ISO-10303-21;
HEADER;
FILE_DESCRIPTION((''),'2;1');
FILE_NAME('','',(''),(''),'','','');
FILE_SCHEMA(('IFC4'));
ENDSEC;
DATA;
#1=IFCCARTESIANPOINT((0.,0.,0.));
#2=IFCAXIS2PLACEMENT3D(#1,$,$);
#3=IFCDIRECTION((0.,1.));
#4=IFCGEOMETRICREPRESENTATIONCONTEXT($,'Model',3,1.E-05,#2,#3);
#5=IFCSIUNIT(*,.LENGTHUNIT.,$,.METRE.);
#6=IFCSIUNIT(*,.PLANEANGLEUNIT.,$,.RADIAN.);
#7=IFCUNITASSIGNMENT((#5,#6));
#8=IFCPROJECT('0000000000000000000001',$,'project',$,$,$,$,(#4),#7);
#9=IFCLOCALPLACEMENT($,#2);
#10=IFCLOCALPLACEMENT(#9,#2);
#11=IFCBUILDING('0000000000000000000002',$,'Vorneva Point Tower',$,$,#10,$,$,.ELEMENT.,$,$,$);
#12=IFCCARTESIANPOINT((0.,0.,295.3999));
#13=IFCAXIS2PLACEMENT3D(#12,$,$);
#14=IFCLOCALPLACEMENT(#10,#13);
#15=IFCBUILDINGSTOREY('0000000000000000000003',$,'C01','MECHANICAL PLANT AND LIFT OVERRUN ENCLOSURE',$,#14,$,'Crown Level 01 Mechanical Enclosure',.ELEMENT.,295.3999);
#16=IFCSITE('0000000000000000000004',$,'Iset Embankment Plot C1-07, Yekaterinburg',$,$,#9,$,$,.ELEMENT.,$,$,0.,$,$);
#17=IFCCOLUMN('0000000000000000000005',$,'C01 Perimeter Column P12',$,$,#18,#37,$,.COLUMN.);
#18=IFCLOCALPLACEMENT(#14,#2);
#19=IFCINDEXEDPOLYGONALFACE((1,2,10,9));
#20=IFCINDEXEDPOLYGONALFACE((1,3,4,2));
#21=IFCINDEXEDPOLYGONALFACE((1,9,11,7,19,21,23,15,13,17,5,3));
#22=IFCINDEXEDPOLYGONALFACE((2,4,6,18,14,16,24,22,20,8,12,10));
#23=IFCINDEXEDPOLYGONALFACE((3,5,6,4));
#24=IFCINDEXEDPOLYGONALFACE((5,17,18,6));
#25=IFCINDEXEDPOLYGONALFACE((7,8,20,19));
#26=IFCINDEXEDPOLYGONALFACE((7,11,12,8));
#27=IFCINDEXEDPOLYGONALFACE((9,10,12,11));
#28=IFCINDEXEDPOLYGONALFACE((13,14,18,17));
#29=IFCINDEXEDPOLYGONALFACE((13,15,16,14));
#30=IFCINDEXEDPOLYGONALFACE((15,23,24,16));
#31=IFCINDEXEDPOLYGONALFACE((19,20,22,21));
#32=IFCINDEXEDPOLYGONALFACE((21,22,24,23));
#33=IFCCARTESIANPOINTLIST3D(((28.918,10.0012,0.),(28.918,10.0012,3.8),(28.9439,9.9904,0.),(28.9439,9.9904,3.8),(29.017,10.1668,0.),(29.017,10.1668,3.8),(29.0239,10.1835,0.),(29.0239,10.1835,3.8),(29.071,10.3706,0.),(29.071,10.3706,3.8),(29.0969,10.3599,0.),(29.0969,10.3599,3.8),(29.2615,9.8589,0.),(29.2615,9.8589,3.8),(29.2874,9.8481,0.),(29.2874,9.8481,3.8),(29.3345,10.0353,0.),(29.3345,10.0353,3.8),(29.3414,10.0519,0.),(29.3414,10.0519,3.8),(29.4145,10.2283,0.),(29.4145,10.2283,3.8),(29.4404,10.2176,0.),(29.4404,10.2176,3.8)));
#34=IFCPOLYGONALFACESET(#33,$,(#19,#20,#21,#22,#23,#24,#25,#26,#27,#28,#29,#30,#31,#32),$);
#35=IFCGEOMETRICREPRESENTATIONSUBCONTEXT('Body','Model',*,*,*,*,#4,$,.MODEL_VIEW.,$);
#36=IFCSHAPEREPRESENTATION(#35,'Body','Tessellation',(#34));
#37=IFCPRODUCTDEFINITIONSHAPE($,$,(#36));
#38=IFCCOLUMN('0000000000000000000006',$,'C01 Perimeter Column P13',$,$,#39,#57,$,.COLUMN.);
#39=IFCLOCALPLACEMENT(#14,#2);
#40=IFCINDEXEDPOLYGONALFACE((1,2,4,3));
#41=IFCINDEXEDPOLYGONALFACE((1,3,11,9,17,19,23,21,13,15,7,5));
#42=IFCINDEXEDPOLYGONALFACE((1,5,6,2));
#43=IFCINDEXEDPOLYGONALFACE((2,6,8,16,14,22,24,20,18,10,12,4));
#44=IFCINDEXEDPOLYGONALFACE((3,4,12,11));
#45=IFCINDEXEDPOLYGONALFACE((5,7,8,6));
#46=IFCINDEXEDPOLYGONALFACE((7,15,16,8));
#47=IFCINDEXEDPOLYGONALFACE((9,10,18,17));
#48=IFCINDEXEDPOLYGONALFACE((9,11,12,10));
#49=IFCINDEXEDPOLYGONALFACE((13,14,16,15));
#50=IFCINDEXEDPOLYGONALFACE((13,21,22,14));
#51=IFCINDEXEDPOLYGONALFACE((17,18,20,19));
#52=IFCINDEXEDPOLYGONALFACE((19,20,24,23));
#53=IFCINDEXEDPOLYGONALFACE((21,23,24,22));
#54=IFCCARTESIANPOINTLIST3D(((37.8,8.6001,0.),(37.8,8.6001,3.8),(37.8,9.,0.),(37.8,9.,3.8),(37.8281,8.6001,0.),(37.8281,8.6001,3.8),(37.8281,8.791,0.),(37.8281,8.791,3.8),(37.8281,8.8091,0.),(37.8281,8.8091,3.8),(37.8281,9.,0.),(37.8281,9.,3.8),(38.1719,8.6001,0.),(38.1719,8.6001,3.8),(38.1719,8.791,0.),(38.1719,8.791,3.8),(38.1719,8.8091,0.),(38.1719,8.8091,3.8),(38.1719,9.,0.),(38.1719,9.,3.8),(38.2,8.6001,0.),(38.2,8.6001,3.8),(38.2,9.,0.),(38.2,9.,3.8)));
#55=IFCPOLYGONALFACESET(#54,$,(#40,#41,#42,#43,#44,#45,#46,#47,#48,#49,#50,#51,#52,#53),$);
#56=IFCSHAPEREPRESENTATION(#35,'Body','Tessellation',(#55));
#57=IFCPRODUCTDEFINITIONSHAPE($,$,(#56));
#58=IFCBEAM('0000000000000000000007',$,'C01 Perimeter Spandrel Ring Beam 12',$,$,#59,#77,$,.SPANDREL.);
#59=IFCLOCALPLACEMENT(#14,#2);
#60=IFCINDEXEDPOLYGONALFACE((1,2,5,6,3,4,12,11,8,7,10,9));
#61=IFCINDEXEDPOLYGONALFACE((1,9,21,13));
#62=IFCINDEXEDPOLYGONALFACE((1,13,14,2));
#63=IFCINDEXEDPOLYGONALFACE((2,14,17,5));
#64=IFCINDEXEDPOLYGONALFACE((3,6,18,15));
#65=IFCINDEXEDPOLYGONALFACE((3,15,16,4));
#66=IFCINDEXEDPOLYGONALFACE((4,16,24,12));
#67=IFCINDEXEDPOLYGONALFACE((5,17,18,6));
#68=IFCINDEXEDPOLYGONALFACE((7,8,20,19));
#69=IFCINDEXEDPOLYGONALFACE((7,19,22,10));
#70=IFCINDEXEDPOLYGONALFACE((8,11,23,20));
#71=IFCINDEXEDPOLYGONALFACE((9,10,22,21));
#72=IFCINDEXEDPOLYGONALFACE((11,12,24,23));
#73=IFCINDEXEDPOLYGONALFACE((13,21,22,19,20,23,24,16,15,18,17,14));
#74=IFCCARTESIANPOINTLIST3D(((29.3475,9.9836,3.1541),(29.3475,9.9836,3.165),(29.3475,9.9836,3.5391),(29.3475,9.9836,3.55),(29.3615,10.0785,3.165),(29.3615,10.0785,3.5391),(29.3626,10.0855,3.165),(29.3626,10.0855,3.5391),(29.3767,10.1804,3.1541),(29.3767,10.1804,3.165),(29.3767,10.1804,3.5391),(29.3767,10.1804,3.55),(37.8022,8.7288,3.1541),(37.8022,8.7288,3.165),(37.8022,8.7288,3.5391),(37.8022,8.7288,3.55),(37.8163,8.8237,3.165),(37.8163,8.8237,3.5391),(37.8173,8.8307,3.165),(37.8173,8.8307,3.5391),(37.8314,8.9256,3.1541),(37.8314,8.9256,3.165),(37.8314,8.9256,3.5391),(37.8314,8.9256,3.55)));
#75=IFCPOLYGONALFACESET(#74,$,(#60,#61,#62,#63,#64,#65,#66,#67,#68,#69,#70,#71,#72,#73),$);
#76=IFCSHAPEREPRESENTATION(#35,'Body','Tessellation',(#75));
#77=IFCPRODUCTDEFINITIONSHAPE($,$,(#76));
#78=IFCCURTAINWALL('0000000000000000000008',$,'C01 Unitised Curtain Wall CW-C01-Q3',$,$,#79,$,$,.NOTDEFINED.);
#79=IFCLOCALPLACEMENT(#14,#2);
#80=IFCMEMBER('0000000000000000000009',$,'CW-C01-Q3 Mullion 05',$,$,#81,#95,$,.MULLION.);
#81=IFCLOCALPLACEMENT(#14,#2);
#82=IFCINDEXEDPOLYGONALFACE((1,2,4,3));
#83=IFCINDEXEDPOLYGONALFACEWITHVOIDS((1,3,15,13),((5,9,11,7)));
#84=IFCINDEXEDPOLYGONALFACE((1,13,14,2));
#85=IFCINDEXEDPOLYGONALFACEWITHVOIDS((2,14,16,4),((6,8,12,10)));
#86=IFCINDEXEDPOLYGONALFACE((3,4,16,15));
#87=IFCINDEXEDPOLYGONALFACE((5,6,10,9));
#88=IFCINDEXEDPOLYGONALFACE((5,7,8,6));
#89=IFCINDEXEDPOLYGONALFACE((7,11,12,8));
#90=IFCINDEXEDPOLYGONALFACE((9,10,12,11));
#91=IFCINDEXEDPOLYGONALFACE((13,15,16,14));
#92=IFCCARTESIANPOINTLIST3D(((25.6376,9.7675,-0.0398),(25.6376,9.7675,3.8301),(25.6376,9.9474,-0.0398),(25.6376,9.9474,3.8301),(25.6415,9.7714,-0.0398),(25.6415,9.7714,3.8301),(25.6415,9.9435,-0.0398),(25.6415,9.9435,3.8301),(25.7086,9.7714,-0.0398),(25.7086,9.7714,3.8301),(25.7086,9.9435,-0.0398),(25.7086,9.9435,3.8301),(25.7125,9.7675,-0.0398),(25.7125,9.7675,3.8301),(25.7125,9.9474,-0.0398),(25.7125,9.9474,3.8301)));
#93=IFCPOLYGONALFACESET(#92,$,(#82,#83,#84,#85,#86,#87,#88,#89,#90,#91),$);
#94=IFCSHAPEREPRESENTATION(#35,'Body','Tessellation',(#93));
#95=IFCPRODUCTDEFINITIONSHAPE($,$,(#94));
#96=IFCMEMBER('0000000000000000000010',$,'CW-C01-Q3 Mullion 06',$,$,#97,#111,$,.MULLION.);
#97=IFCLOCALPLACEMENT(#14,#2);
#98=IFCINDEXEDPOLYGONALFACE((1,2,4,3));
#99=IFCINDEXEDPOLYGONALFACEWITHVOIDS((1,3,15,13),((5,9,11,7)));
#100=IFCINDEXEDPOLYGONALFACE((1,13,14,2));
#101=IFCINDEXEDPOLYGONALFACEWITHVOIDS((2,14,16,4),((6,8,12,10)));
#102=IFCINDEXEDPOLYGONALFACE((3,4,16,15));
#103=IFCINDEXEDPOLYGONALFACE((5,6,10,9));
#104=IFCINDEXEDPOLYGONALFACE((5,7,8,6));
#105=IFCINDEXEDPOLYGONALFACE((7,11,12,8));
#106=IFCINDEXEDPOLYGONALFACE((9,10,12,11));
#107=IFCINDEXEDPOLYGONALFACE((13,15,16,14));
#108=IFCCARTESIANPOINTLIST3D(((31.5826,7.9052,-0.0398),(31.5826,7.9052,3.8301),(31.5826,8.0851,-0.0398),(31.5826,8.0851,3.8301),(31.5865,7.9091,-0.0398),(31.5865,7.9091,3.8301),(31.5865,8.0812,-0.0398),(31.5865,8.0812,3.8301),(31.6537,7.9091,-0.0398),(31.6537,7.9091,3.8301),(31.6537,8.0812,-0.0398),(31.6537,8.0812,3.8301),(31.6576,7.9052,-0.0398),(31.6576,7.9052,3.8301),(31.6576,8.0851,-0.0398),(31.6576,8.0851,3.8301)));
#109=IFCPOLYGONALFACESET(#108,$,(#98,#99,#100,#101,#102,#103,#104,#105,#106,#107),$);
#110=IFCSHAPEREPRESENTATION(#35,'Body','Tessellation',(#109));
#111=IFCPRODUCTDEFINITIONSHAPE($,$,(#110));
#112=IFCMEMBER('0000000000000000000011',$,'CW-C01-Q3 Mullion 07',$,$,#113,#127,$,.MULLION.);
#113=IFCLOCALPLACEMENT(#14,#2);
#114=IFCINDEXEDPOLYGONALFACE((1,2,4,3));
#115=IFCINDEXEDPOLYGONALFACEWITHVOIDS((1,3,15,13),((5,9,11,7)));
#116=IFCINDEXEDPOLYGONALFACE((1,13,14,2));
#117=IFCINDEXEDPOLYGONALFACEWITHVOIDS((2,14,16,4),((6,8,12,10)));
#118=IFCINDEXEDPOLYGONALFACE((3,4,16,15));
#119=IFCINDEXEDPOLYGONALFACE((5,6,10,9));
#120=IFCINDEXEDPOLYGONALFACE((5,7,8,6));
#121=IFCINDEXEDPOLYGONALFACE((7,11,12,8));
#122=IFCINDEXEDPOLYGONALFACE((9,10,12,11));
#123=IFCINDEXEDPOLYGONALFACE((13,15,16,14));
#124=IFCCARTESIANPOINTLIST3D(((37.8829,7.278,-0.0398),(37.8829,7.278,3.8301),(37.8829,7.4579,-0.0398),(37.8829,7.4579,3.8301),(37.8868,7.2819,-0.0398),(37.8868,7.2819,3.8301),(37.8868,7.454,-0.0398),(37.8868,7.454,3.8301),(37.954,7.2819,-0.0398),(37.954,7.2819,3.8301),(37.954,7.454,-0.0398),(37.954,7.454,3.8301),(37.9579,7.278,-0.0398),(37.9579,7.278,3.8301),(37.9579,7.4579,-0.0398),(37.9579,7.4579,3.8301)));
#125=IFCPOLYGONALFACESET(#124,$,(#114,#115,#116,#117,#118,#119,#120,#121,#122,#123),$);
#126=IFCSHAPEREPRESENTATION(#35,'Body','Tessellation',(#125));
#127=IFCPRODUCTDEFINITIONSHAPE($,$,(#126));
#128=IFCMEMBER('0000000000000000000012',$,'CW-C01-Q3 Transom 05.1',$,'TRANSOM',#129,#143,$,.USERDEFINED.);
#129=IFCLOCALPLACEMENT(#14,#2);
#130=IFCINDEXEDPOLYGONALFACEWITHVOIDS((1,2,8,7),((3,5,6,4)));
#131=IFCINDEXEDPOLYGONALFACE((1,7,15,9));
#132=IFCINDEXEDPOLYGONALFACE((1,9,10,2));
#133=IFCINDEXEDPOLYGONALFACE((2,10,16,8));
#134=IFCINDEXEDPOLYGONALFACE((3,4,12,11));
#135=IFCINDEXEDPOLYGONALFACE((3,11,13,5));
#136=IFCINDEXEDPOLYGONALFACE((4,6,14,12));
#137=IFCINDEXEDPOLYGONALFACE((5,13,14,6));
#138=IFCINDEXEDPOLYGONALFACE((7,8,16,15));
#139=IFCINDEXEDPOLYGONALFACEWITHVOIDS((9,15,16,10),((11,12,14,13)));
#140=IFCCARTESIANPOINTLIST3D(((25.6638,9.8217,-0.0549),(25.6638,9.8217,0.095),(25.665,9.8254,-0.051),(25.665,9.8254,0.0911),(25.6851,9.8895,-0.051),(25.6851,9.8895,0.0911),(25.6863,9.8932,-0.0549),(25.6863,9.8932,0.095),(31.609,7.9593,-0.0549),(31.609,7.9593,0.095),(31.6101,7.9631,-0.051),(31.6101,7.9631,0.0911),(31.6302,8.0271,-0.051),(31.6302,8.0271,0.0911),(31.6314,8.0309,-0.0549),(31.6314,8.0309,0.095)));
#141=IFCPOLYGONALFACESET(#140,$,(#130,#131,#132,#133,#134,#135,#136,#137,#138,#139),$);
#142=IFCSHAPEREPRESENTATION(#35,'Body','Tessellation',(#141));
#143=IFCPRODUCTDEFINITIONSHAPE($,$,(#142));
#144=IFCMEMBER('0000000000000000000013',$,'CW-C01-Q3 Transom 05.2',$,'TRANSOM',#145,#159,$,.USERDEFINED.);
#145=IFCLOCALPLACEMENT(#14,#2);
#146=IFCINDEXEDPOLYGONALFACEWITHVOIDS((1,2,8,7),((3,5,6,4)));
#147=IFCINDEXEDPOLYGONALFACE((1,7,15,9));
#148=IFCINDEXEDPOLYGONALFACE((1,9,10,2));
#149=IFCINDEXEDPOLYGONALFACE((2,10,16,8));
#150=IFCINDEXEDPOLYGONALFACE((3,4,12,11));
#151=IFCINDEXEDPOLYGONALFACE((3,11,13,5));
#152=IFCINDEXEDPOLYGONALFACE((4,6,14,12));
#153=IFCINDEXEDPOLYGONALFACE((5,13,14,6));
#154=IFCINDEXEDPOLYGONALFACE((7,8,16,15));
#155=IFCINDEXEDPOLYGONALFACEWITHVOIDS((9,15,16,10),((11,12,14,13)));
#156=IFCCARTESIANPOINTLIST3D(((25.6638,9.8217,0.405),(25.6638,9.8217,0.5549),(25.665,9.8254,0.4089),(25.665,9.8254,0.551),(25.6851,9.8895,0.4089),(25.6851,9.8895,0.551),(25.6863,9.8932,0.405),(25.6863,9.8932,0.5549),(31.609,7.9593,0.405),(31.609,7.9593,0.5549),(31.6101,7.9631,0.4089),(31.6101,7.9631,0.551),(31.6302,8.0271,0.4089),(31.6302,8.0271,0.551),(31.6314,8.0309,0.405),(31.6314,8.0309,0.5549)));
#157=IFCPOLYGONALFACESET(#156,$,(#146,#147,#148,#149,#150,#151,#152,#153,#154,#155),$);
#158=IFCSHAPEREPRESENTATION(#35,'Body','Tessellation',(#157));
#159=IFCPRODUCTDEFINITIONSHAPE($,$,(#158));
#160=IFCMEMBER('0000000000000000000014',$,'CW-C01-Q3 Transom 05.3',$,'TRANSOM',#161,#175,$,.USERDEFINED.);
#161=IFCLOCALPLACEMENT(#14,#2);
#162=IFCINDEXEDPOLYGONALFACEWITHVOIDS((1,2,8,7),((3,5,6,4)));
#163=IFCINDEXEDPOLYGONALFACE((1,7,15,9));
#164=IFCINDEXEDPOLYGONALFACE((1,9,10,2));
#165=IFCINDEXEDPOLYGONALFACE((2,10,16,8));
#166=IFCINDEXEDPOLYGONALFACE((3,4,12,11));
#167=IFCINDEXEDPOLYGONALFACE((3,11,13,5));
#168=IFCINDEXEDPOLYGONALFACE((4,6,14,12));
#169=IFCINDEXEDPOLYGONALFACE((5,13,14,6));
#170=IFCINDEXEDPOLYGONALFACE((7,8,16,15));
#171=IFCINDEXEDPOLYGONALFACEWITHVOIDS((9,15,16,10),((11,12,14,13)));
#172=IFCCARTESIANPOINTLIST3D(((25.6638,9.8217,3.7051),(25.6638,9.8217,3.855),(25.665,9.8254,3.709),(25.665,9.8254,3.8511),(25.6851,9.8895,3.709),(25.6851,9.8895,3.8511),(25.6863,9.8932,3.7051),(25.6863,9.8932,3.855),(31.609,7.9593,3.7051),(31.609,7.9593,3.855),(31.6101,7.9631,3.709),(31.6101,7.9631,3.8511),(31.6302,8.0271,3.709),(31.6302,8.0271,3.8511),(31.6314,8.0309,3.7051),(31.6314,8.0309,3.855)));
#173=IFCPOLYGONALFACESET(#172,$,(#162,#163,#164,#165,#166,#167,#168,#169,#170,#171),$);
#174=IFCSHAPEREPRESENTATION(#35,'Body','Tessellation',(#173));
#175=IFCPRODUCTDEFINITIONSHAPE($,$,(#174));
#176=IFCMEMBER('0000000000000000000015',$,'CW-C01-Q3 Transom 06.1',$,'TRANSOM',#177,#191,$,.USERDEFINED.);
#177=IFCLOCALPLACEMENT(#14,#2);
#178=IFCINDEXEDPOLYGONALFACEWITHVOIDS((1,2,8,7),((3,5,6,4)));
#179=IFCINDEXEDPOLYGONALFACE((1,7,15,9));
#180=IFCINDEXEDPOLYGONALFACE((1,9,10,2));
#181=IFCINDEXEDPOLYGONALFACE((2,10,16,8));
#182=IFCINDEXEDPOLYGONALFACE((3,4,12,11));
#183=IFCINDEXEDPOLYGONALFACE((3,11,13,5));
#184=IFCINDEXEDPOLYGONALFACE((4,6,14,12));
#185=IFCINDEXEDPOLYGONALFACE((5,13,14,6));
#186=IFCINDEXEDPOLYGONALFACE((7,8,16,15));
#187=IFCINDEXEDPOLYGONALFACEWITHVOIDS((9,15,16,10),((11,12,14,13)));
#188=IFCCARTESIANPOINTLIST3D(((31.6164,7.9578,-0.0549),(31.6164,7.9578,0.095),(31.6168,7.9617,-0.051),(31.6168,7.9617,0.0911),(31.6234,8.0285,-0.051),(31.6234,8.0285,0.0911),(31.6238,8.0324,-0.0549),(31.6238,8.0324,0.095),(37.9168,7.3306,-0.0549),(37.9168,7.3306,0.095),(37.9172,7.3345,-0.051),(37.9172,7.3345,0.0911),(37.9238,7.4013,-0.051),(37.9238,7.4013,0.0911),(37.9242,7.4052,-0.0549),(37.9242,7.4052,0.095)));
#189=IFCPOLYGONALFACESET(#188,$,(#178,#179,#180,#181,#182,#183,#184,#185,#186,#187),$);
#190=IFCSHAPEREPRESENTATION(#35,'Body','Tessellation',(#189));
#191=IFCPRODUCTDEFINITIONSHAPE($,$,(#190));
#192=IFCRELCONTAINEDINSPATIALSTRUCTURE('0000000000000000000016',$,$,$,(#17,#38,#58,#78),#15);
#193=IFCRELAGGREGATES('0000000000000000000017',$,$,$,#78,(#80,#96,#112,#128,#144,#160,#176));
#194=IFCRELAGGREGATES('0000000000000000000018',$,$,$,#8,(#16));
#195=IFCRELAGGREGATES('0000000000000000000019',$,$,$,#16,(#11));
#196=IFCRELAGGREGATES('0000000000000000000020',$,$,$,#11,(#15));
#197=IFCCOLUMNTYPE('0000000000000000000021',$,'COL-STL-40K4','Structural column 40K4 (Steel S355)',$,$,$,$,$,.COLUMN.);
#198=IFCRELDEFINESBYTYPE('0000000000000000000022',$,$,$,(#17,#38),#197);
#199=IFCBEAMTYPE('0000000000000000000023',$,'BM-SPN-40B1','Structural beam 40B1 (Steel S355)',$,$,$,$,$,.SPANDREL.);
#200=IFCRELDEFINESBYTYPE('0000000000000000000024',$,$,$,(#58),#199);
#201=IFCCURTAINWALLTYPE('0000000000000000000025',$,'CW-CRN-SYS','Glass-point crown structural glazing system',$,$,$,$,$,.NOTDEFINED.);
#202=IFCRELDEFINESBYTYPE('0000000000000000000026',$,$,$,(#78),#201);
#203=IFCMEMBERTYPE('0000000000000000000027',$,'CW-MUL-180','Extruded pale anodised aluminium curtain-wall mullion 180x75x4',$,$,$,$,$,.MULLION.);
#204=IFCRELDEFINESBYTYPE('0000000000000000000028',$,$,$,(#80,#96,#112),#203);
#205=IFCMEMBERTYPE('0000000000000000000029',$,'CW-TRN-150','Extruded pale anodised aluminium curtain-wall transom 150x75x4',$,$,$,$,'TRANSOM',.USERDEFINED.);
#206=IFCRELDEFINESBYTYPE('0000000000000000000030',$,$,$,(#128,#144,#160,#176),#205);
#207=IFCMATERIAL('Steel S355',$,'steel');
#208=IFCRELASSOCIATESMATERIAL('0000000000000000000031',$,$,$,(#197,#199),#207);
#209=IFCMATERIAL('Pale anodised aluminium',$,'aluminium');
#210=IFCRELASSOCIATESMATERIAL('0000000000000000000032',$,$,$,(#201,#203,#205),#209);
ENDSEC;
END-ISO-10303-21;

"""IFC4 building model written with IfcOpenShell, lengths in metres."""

from ifc_helpers import new_model, si_unit, direction, frame, origin, origin_2d, place, context, subcontext, project, spatial, hollow_rectangle, i_section, extrude, material, material_profile, profile_set, type_object, element, aggregate, save


model = new_model("IFC4")

# Units and contexts
model_context = context("Model", 3, precision=1e-05, world=origin(), true_north=direction((0.0, 1.0)))
body_context = subcontext(model_context, "Body", "Model", "MODEL_VIEW")
ifc_project = project(units=[si_unit("LENGTHUNIT", "METRE"), si_unit("PLANEANGLEUNIT", "RADIAN")], contexts=[model_context])

# Site, building, storey
site_placement = place(None, origin())
site = spatial("IfcSite", under=ifc_project, at=site_placement, Name="Iset Embankment Plot C1-07, Yekaterinburg", CompositionType="ELEMENT", RefElevation=0.0)
building_placement = place(site_placement, origin())
building = spatial("IfcBuilding", under=site, at=building_placement, Name="Vorneva Point Tower", CompositionType="ELEMENT")
storey_placement = place(building_placement, frame((0.0, 0.0, 295.3999)))
storey = spatial("IfcBuildingStorey", under=building, at=storey_placement, Name="C01", Description="MECHANICAL PLANT AND LIFT OVERRUN ENCLOSURE", LongName="Crown Level 01 Mechanical Enclosure", CompositionType="ELEMENT", Elevation=295.3999)

# Columns
ifc_material_1 = material(Name="Steel S355", Category="steel")
ifc_material_profile_1 = material_profile(ifc_material_1, i_section(OverallWidth=0.3999, OverallDepth=0.3999, WebThickness=0.0181, FlangeThickness=0.0281, at=origin_2d()), Name="40K4")
ifc_profile_set_1 = profile_set([ifc_material_profile_1], Name="Steel S355")
column_type = type_object("IfcColumnType", Name="COL-STL-40K4", Description="Structural column 40K4 (Steel S355)", PredefinedType="COLUMN", material=ifc_profile_set_1)
for number, where, z_axis, x_axis, name in (
    (1, (29.1792, 10.1094, 0.0), (0.0, 0.0, 1.0), (-0.382683, -0.92388, 0.0), "C01 Perimeter Column P12"),
    (2, (38.0, 8.8, 0.0), (0.0, 0.0, 1.0), (0.0, -1.0, 0.0), "C01 Perimeter Column P13"),
):
    element("IfcColumn", number, at=place(storey_placement, frame(where, z_axis=z_axis, x_axis=x_axis)), inside=storey, type_object=column_type, Name=name, PredefinedType="COLUMN", context=body_context, shape_type="SweptSolid", body=[
        extrude(i_section(OverallWidth=0.3999, OverallDepth=0.3999, WebThickness=0.0181, FlangeThickness=0.0281, at=origin_2d()), origin(), (0.0, 0.0, 1.0), 3.8),
    ])

# Beam
ifc_material_profile_2 = material_profile(ifc_material_1, i_section(OverallWidth=0.199, OverallDepth=0.396, WebThickness=0.0071, FlangeThickness=0.011, at=origin_2d()), Name="40B1")
ifc_profile_set_2 = profile_set([ifc_material_profile_2], Name="Steel S355")
beam_type = type_object("IfcBeamType", Name="BM-SPN-40B1", Description="Structural beam 40B1 (Steel S355)", PredefinedType="SPANDREL", material=ifc_profile_set_2)
beam_placement = place(storey_placement, frame((29.3621, 10.082, 3.3521), z_axis=(0.989164, -0.146814, 0.0), x_axis=(0.146814, 0.989164, 0.0)))
element("IfcBeam", 3, at=beam_placement, inside=storey, type_object=beam_type, Name="C01 Perimeter Spandrel Ring Beam 12", PredefinedType="SPANDREL", context=body_context, shape_type="SweptSolid", body=[
    extrude(i_section(OverallWidth=0.199, OverallDepth=0.396, WebThickness=0.0071, FlangeThickness=0.011, at=origin_2d()), origin(), (0.0, 0.0, 1.0), 8.5474),
])

# Curtain wall, members
ifc_material_2 = material(Name="Pale anodised aluminium", Category="aluminium")
curtain_wall_type = type_object("IfcCurtainWallType", Name="CW-CRN-SYS", Description="Glass-point crown structural glazing system", PredefinedType="NOTDEFINED", material=ifc_material_2)
curtain_wall_placement = place(storey_placement, origin())
curtain_wall = element("IfcCurtainWall", 4, at=curtain_wall_placement, inside=storey, type_object=curtain_wall_type, Name="C01 Unitised Curtain Wall CW-C01-Q3", PredefinedType="NOTDEFINED")
ifc_material_profile_3 = material_profile(ifc_material_2, hollow_rectangle(XDim=0.075, YDim=0.1799, WallThickness=0.0039, at=origin_2d()), Name="AL-MUL 180x75x4")
ifc_profile_set_3 = profile_set([ifc_material_profile_3], Name="Pale anodised aluminium")
member_type_1 = type_object("IfcMemberType", Name="CW-MUL-180", Description="Extruded pale anodised aluminium curtain-wall mullion 180x75x4", PredefinedType="MULLION", material=ifc_profile_set_3)
member_1_placement = place(storey_placement, frame((25.675, 9.8574, -0.0398), z_axis=(0.0, 0.0, 1.0), x_axis=(1.0, 0.0, 0.0)))
member_1 = element("IfcMember", 5, at=member_1_placement, type_object=member_type_1, Name="CW-C01-Q3 Mullion 05", PredefinedType="MULLION", context=body_context, shape_type="SweptSolid", body=[
    extrude(hollow_rectangle(XDim=0.075, YDim=0.1799, WallThickness=0.0039, at=origin_2d()), origin(), (0.0, 0.0, 1.0), 3.8699),
])
member_2_placement = place(storey_placement, frame((31.6201, 7.9951, -0.0398), z_axis=(0.0, 0.0, 1.0), x_axis=(1.0, 0.0, 0.0)))
member_2 = element("IfcMember", 6, at=member_2_placement, type_object=member_type_1, Name="CW-C01-Q3 Mullion 06", PredefinedType="MULLION", context=body_context, shape_type="SweptSolid", body=[
    extrude(hollow_rectangle(XDim=0.075, YDim=0.1799, WallThickness=0.0039, at=origin_2d()), origin(), (0.0, 0.0, 1.0), 3.8699),
])
member_3_placement = place(storey_placement, frame((37.9204, 7.3679, -0.0398), z_axis=(0.0, 0.0, 1.0), x_axis=(1.0, 0.0, 0.0)))
member_3 = element("IfcMember", 7, at=member_3_placement, type_object=member_type_1, Name="CW-C01-Q3 Mullion 07", PredefinedType="MULLION", context=body_context, shape_type="SweptSolid", body=[
    extrude(hollow_rectangle(XDim=0.075, YDim=0.1799, WallThickness=0.0039, at=origin_2d()), origin(), (0.0, 0.0, 1.0), 3.8699),
])
ifc_material_profile_4 = material_profile(ifc_material_2, hollow_rectangle(XDim=0.075, YDim=0.1499, WallThickness=0.0039, at=origin_2d()), Name="AL-TRN 150x75x4")
ifc_profile_set_4 = profile_set([ifc_material_profile_4], Name="Pale anodised aluminium")
member_type_2 = type_object("IfcMemberType", Name="CW-TRN-150", Description="Extruded pale anodised aluminium curtain-wall transom 150x75x4", ElementType="TRANSOM", PredefinedType="USERDEFINED", material=ifc_profile_set_4)
member_4_placement = place(storey_placement, frame((25.675, 9.8574, 0.02), z_axis=(0.954275, -0.298929, 0.0), x_axis=(0.298929, 0.954275, 0.0)))
member_4 = element("IfcMember", 8, at=member_4_placement, type_object=member_type_2, Name="CW-C01-Q3 Transom 05.1", ObjectType="TRANSOM", PredefinedType="USERDEFINED", context=body_context, shape_type="SweptSolid", body=[
    extrude(hollow_rectangle(XDim=0.075, YDim=0.1499, WallThickness=0.0039, at=origin_2d()), origin(), (0.0, 0.0, 1.0), 6.23),
])
member_5_placement = place(storey_placement, frame((25.675, 9.8574, 0.48), z_axis=(0.954275, -0.298929, 0.0), x_axis=(0.298929, 0.954275, 0.0)))
member_5 = element("IfcMember", 9, at=member_5_placement, type_object=member_type_2, Name="CW-C01-Q3 Transom 05.2", ObjectType="TRANSOM", PredefinedType="USERDEFINED", context=body_context, shape_type="SweptSolid", body=[
    extrude(hollow_rectangle(XDim=0.075, YDim=0.1499, WallThickness=0.0039, at=origin_2d()), origin(), (0.0, 0.0, 1.0), 6.23),
])
member_6_placement = place(storey_placement, frame((25.675, 9.8574, 3.78), z_axis=(0.954275, -0.298929, 0.0), x_axis=(0.298929, 0.954275, 0.0)))
member_6 = element("IfcMember", 10, at=member_6_placement, type_object=member_type_2, Name="CW-C01-Q3 Transom 05.3", ObjectType="TRANSOM", PredefinedType="USERDEFINED", context=body_context, shape_type="SweptSolid", body=[
    extrude(hollow_rectangle(XDim=0.075, YDim=0.1499, WallThickness=0.0039, at=origin_2d()), origin(), (0.0, 0.0, 1.0), 6.23),
])
member_7_placement = place(storey_placement, frame((31.6201, 7.9951, 0.02), z_axis=(0.995081, -0.099061, 0.0), x_axis=(0.099061, 0.995081, 0.0)))
member_7 = element("IfcMember", 11, at=member_7_placement, type_object=member_type_2, Name="CW-C01-Q3 Transom 06.1", ObjectType="TRANSOM", PredefinedType="USERDEFINED", context=body_context, shape_type="SweptSolid", body=[
    extrude(hollow_rectangle(XDim=0.075, YDim=0.1499, WallThickness=0.0039, at=origin_2d()), origin(), (0.0, 0.0, 1.0), 6.3315),
])

aggregate(curtain_wall, [member_1, member_2, member_3, member_4, member_5, member_6, member_7])

save(model, "model.ifc")
